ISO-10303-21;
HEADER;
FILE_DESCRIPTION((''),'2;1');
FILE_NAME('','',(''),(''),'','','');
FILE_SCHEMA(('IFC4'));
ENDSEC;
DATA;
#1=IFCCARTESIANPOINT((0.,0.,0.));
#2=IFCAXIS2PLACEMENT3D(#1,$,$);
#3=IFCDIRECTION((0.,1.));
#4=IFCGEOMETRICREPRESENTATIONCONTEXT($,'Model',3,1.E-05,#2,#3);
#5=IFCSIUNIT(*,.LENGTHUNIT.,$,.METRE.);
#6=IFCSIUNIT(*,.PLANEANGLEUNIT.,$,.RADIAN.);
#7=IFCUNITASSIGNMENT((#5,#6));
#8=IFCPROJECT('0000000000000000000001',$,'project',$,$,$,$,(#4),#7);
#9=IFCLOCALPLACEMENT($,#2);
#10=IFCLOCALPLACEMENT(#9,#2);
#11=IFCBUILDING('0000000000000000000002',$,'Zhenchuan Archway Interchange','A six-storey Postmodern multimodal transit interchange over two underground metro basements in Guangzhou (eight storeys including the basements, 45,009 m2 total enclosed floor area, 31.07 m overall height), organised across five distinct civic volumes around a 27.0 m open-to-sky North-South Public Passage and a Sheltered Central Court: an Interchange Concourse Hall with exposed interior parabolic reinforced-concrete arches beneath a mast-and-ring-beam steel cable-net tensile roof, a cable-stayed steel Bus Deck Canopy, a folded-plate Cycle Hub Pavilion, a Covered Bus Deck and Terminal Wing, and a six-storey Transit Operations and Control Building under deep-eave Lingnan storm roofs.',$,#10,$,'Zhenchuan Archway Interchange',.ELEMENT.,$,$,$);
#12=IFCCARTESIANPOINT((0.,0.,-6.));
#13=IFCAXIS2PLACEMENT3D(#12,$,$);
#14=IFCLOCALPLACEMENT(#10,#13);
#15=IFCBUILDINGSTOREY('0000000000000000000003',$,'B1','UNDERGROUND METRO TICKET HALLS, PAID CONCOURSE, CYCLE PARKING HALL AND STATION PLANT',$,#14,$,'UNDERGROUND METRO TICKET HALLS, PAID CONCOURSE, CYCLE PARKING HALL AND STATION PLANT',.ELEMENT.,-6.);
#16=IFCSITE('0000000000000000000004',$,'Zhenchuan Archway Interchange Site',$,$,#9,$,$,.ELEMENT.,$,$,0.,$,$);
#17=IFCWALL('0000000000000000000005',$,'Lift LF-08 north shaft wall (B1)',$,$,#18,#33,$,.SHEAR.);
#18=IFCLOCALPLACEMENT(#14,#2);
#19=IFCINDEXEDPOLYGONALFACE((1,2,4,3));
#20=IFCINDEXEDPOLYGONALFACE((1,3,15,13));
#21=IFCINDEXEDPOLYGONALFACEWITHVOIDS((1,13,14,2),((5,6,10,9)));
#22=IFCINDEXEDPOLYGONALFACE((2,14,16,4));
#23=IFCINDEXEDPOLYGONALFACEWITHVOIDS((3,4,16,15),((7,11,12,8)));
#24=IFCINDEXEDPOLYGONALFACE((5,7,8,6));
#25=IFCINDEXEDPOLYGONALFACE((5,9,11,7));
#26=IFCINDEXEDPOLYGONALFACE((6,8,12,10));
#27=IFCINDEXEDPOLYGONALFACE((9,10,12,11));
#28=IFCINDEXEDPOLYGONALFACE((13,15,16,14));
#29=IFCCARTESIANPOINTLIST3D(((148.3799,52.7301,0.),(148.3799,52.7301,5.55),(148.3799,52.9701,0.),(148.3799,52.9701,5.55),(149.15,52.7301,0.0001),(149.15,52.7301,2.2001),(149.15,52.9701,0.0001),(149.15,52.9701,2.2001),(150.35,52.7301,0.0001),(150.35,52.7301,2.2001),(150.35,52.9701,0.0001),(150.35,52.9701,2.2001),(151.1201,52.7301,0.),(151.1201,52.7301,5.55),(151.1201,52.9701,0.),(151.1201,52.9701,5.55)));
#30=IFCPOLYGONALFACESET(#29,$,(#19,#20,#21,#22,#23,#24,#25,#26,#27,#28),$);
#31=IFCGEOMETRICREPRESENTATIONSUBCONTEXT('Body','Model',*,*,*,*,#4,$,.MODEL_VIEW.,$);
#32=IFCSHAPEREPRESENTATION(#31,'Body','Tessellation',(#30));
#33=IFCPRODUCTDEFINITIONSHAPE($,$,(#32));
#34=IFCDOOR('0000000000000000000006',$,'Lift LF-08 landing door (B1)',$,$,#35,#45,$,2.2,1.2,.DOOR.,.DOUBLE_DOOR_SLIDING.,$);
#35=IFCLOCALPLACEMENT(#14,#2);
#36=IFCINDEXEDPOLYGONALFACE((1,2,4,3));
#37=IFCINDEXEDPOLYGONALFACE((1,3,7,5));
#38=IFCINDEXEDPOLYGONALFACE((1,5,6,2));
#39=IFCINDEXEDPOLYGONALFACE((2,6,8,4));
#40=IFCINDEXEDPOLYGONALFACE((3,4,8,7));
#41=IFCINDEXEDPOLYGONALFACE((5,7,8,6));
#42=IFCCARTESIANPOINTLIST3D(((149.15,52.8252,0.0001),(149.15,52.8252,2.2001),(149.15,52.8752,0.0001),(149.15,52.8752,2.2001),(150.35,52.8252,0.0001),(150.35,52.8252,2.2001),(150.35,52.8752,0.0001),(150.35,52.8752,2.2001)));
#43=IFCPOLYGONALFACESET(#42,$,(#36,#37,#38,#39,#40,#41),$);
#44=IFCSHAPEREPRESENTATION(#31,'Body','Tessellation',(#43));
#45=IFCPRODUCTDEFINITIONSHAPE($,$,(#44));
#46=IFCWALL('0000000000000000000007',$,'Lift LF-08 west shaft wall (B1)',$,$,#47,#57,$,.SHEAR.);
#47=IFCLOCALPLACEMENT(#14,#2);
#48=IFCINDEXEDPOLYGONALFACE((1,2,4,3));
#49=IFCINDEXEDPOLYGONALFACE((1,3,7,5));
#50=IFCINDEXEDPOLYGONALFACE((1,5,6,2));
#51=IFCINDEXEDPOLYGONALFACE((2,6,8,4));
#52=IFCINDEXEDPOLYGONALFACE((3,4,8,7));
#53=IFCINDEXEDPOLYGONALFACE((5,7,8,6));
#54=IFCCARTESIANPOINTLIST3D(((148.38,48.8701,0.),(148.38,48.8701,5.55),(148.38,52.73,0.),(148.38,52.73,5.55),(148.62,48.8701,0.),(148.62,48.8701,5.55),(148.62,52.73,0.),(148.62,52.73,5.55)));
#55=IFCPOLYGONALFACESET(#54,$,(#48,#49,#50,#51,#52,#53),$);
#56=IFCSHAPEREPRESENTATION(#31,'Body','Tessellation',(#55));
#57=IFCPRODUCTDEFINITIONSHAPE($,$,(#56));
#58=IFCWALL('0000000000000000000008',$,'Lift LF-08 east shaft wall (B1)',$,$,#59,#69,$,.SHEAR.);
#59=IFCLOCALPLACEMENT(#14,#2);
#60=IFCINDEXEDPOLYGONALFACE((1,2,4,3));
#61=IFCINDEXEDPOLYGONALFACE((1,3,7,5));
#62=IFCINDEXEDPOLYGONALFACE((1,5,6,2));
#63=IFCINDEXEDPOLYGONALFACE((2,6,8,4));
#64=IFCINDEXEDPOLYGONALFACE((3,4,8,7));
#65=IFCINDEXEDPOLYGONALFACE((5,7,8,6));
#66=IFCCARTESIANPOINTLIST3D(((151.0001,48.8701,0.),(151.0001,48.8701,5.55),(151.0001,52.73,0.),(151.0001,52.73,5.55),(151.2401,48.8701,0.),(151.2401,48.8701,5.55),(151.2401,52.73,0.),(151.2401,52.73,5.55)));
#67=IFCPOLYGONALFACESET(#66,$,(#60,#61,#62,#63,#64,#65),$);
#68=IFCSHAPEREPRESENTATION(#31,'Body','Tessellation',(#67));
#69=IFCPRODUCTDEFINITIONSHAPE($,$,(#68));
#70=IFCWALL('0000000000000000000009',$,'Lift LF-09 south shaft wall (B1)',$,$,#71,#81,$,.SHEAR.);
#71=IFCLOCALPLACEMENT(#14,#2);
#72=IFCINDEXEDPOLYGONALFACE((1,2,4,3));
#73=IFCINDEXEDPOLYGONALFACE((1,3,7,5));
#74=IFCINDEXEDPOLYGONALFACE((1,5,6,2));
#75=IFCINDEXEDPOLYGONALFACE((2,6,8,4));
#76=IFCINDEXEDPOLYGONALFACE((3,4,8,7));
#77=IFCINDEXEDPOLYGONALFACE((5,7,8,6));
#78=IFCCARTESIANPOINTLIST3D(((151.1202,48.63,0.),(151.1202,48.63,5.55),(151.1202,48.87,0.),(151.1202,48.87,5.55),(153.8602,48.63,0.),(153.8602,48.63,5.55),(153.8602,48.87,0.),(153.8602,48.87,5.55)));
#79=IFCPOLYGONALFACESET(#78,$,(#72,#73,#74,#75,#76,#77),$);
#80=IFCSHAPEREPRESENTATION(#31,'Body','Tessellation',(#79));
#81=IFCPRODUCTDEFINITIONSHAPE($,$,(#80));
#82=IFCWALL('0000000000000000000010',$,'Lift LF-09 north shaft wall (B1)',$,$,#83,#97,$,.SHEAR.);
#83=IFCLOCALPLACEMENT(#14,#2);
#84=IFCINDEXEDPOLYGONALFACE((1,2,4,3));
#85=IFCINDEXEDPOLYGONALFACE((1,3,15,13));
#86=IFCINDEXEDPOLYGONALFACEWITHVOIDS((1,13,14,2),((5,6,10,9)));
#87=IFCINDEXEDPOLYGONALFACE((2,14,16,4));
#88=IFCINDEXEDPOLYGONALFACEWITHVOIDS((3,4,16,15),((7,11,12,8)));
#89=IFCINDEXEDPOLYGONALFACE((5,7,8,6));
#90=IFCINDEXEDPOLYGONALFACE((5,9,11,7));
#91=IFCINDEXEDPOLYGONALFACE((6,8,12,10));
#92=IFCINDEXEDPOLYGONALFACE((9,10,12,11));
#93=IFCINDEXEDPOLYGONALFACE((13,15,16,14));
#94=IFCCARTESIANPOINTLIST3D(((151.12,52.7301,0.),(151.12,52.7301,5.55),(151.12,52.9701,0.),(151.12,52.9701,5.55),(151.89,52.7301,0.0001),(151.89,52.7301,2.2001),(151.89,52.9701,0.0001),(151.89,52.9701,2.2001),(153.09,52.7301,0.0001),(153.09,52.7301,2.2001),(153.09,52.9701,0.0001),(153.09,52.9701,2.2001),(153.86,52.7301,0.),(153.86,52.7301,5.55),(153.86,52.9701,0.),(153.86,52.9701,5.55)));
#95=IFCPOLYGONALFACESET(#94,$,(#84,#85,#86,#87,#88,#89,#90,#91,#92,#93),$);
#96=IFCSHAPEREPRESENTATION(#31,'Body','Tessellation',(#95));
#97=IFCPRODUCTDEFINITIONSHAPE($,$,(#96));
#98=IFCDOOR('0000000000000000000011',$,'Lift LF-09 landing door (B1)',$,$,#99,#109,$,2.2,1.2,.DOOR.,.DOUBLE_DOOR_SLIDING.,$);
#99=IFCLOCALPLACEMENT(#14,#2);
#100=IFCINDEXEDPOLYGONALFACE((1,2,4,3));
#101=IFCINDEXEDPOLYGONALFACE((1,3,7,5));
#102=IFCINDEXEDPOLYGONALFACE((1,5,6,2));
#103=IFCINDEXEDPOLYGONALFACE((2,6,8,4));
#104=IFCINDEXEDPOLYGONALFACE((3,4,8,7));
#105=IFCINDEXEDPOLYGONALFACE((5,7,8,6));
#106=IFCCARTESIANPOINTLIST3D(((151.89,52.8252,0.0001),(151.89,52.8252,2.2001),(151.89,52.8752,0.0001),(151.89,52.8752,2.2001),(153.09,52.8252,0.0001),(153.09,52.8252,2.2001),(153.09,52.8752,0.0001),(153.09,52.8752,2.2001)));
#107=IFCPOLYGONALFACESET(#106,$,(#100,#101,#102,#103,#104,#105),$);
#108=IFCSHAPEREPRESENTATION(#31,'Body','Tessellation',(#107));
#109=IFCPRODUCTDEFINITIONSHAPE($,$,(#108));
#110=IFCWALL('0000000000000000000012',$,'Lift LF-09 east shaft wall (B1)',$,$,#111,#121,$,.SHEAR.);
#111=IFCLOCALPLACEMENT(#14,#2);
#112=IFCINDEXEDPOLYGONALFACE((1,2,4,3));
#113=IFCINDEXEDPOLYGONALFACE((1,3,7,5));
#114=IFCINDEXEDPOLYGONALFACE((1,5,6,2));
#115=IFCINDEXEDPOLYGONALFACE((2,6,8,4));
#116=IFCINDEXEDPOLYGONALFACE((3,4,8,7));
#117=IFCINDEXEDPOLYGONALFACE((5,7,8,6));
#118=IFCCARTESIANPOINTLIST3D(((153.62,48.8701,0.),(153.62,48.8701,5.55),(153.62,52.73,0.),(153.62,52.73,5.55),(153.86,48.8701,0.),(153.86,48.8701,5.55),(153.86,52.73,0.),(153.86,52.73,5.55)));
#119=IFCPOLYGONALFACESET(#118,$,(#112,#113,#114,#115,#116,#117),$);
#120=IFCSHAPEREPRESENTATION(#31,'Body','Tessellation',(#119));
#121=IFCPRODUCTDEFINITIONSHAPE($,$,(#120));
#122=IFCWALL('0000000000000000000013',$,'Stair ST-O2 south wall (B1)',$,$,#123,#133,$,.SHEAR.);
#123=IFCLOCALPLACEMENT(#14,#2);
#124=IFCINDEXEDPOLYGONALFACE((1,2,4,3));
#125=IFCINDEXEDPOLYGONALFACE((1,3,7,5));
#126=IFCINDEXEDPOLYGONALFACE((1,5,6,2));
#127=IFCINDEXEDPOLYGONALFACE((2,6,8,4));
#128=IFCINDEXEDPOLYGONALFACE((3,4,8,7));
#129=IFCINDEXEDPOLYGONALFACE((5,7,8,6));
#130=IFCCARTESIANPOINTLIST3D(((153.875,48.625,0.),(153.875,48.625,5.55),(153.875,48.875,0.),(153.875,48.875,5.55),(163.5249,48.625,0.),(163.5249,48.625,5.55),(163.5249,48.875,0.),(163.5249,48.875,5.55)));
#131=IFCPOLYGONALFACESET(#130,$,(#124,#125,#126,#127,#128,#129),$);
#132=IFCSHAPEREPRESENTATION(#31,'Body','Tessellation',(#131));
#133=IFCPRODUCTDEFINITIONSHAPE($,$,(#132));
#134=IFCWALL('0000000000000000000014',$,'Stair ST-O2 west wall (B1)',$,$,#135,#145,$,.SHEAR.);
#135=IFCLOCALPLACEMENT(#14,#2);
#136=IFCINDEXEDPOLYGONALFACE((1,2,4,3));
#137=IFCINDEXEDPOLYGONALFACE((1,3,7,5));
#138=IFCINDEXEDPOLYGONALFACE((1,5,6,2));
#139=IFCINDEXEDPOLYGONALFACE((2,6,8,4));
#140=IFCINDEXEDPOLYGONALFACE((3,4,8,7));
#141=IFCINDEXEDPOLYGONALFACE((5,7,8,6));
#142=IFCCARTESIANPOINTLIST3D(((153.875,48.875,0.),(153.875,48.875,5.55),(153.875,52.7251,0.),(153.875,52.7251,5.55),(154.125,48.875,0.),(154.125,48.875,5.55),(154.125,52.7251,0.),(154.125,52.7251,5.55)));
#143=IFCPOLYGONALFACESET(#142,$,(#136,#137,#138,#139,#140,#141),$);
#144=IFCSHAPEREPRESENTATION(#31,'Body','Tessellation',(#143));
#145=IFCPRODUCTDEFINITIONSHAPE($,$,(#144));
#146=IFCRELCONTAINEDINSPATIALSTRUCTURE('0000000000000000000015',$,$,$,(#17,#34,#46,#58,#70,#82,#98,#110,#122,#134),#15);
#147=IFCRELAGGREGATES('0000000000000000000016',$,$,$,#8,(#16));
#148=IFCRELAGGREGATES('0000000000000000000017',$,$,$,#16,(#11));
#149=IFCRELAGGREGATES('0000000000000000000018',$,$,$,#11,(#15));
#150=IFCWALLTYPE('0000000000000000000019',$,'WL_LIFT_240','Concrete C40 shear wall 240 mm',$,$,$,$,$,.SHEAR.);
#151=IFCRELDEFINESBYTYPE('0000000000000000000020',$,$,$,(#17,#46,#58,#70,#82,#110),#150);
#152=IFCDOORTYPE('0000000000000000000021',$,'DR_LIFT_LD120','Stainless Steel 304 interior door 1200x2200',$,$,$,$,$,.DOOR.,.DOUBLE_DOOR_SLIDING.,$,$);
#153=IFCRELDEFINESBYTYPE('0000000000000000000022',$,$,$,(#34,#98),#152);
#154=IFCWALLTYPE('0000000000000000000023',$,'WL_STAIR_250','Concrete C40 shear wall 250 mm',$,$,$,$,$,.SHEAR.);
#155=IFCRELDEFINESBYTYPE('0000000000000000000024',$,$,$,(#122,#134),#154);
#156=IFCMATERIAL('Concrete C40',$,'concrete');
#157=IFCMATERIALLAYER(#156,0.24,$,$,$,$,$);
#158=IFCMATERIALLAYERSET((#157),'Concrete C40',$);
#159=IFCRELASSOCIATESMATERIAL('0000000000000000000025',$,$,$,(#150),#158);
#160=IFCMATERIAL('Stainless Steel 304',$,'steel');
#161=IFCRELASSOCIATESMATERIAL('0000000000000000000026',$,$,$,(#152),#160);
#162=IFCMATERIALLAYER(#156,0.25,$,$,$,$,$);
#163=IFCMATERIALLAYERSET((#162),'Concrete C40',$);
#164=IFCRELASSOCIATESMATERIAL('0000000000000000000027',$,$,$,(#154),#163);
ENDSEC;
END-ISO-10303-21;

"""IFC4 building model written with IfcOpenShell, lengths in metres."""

from ifc_helpers import new_model, si_unit, direction, frame, frame_2d, origin, place, context, subcontext, project, spatial, rectangle, extrude, material, layer, layer_set, type_object, element, fill, save


model = new_model("IFC4")

# Units and contexts
model_context = context("Model", 3, precision=1e-05, world=origin(), true_north=direction((0.0, 1.0)))
body_context = subcontext(model_context, "Body", "Model", "MODEL_VIEW")
ifc_project = project(units=[si_unit("LENGTHUNIT", "METRE"), si_unit("PLANEANGLEUNIT", "RADIAN")], contexts=[model_context])

# Site, building, storey
site_placement = place(None, origin())
site = spatial("IfcSite", under=ifc_project, at=site_placement, Name="Zhenchuan Archway Interchange Site", CompositionType="ELEMENT", RefElevation=0.0)
building_placement = place(site_placement, origin())
building = spatial("IfcBuilding", under=site, at=building_placement, Name="Zhenchuan Archway Interchange", Description="A six-storey Postmodern multimodal transit interchange over two underground metro basements in Guangzhou (eight storeys including the basements, 45,009 m2 total enclosed floor area, 31.07 m overall height), organised across five distinct civic volumes around a 27.0 m open-to-sky North-South Public Passage and a Sheltered Central Court: an Interchange Concourse Hall with exposed interior parabolic reinforced-concrete arches beneath a mast-and-ring-beam steel cable-net tensile roof, a cable-stayed steel Bus Deck Canopy, a folded-plate Cycle Hub Pavilion, a Covered Bus Deck and Terminal Wing, and a six-storey Transit Operations and Control Building under deep-eave Lingnan storm roofs.", LongName="Zhenchuan Archway Interchange", CompositionType="ELEMENT")
storey_placement = place(building_placement, frame((0.0, 0.0, -6.0)))
storey = spatial("IfcBuildingStorey", under=building, at=storey_placement, Name="B1", Description="UNDERGROUND METRO TICKET HALLS, PAID CONCOURSE, CYCLE PARKING HALL AND STATION PLANT", LongName="UNDERGROUND METRO TICKET HALLS, PAID CONCOURSE, CYCLE PARKING HALL AND STATION PLANT", CompositionType="ELEMENT", Elevation=-6.0)

# Shared definitions
ifc_material_1 = material(Name="Concrete C40", Category="concrete")

# Shared definitions
ifc_layer_1 = layer(ifc_material_1, 0.24)
ifc_layer_set_1 = layer_set([ifc_layer_1], Name="Concrete C40")
wall_type_1 = type_object("IfcWallType", Name="WL_LIFT_240", Description="Concrete C40 shear wall 240 mm", PredefinedType="SHEAR", material=ifc_layer_set_1)

# Wall, opening, door
wall_1_placement = place(storey_placement, frame((151.1201, 52.8501, 0.0), z_axis=(0.0, 0.0, 1.0), x_axis=(-1.0, 0.0, 0.0)))
wall_1 = element("IfcWall", 1, at=wall_1_placement, inside=storey, type_object=wall_type_1, Name="Lift LF-08 north shaft wall (B1)", PredefinedType="SHEAR", context=body_context, shape_type="SweptSolid", body=[
    extrude(rectangle(XDim=2.7402, YDim=0.24, at=frame_2d((1.3701, 0.0))), origin(), (0.0, 0.0, 1.0), 5.55),
])
opening_1_placement = place(wall_1_placement, frame((0.77, 0.0, 0.0)))
opening_1 = element("IfcOpeningElement", 2, at=opening_1_placement, cuts=wall_1, PredefinedType="OPENING", context=body_context, shape_type="SweptSolid", body=[
    extrude(rectangle(XDim=1.2, YDim=2.2, at=frame_2d((0.6001, 1.1001))), frame((0.0, 0.1318, 0.0), z_axis=(0.0, -1.0, 0.0), x_axis=(1.0, 0.0, 0.0)), (0.0, 0.0, 1.0), 0.2639),
])
ifc_material_2 = material(Name="Stainless Steel 304", Category="steel")
door_type_1 = type_object("IfcDoorType", Name="DR_LIFT_LD120", Description="Stainless Steel 304 interior door 1200x2200", OperationType="DOUBLE_DOOR_SLIDING", PredefinedType="DOOR", material=ifc_material_2)
door_1_placement = place(opening_1_placement, origin())
door_1 = element("IfcDoor", 3, at=door_1_placement, inside=storey, type_object=door_type_1, Name="Lift LF-08 landing door (B1)", OperationType="DOUBLE_DOOR_SLIDING", OverallHeight=2.2, OverallWidth=1.2, PredefinedType="DOOR", context=body_context, shape_type="SweptSolid", body=[
    extrude(rectangle(XDim=1.2, YDim=2.2, at=frame_2d((0.6001, 1.1001))), frame((0.0, 0.0249, 0.0), z_axis=(0.0, -1.0, 0.0), x_axis=(1.0, 0.0, 0.0)), (0.0, 0.0, 1.0), 0.05),
])
fill(opening_1, door_1)

# Walls
for number, where, z_axis, x_axis, name in (
    (4, (148.5, 52.73, 0.0), (0.0, 0.0, 1.0), (0.0, -1.0, 0.0), "Lift LF-08 west shaft wall (B1)"),
    (5, (151.1201, 48.8701, 0.0), (0.0, 0.0, 1.0), (0.0, 1.0, 0.0), "Lift LF-08 east shaft wall (B1)"),
):
    element("IfcWall", number, at=place(storey_placement, frame(where, z_axis=z_axis, x_axis=x_axis)), inside=storey, type_object=wall_type_1, Name=name, PredefinedType="SHEAR", context=body_context, shape_type="SweptSolid", body=[
        extrude(rectangle(XDim=3.8599, YDim=0.24, at=frame_2d((1.9299, 0.0))), origin(), (0.0, 0.0, 1.0), 5.55),
    ])
wall_2_placement = place(storey_placement, frame((151.1201, 48.75, 0.0), z_axis=(0.0, 0.0, 1.0), x_axis=(1.0, 0.0, 0.0)))
element("IfcWall", 6, at=wall_2_placement, inside=storey, type_object=wall_type_1, Name="Lift LF-09 south shaft wall (B1)", PredefinedType="SHEAR", context=body_context, shape_type="SweptSolid", body=[
    extrude(rectangle(XDim=2.74, YDim=0.24, at=frame_2d((1.3701, 0.0))), origin(), (0.0, 0.0, 1.0), 5.55),
])

# Wall, opening, door
wall_3_placement = place(storey_placement, frame((153.8601, 52.8501, 0.0), z_axis=(0.0, 0.0, 1.0), x_axis=(-1.0, 0.0, 0.0)))
wall_3 = element("IfcWall", 7, at=wall_3_placement, inside=storey, type_object=wall_type_1, Name="Lift LF-09 north shaft wall (B1)", PredefinedType="SHEAR", context=body_context, shape_type="SweptSolid", body=[
    extrude(rectangle(XDim=2.74, YDim=0.24, at=frame_2d((1.3701, 0.0))), origin(), (0.0, 0.0, 1.0), 5.55),
])
opening_2_placement = place(wall_3_placement, frame((0.77, 0.0, 0.0)))
opening_2 = element("IfcOpeningElement", 8, at=opening_2_placement, cuts=wall_3, PredefinedType="OPENING", context=body_context, shape_type="SweptSolid", body=[
    extrude(rectangle(XDim=1.2, YDim=2.2, at=frame_2d((0.6001, 1.1001))), frame((0.0, 0.1318, 0.0), z_axis=(0.0, -1.0, 0.0), x_axis=(1.0, 0.0, 0.0)), (0.0, 0.0, 1.0), 0.2639),
])
door_2_placement = place(opening_2_placement, origin())
door_2 = element("IfcDoor", 9, at=door_2_placement, inside=storey, type_object=door_type_1, Name="Lift LF-09 landing door (B1)", OperationType="DOUBLE_DOOR_SLIDING", OverallHeight=2.2, OverallWidth=1.2, PredefinedType="DOOR", context=body_context, shape_type="SweptSolid", body=[
    extrude(rectangle(XDim=1.2, YDim=2.2, at=frame_2d((0.6001, 1.1001))), frame((0.0, 0.0249, 0.0), z_axis=(0.0, -1.0, 0.0), x_axis=(1.0, 0.0, 0.0)), (0.0, 0.0, 1.0), 0.05),
])
fill(opening_2, door_2)

# Walls
wall_4_placement = place(storey_placement, frame((153.74, 48.8701, 0.0), z_axis=(0.0, 0.0, 1.0), x_axis=(0.0, 1.0, 0.0)))
element("IfcWall", 10, at=wall_4_placement, inside=storey, type_object=wall_type_1, Name="Lift LF-09 east shaft wall (B1)", PredefinedType="SHEAR", context=body_context, shape_type="SweptSolid", body=[
    extrude(rectangle(XDim=3.8599, YDim=0.24, at=frame_2d((1.9299, 0.0))), origin(), (0.0, 0.0, 1.0), 5.55),
])
ifc_layer_2 = layer(ifc_material_1, 0.25)
ifc_layer_set_2 = layer_set([ifc_layer_2], Name="Concrete C40")
wall_type_2 = type_object("IfcWallType", Name="WL_STAIR_250", Description="Concrete C40 shear wall 250 mm", PredefinedType="SHEAR", material=ifc_layer_set_2)
wall_5_placement = place(storey_placement, frame((153.875, 48.75, 0.0), z_axis=(0.0, 0.0, 1.0), x_axis=(1.0, 0.0, 0.0)))
element("IfcWall", 11, at=wall_5_placement, inside=storey, type_object=wall_type_2, Name="Stair ST-O2 south wall (B1)", PredefinedType="SHEAR", context=body_context, shape_type="SweptSolid", body=[
    extrude(rectangle(XDim=9.6499, YDim=0.25, at=frame_2d((4.825, 0.0))), origin(), (0.0, 0.0, 1.0), 5.55),
])
wall_6_placement = place(storey_placement, frame((154.0, 52.7251, 0.0), z_axis=(0.0, 0.0, 1.0), x_axis=(0.0, -1.0, 0.0)))
element("IfcWall", 12, at=wall_6_placement, inside=storey, type_object=wall_type_2, Name="Stair ST-O2 west wall (B1)", PredefinedType="SHEAR", context=body_context, shape_type="SweptSolid", body=[
    extrude(rectangle(XDim=3.8501, YDim=0.25, at=frame_2d((1.925, 0.0))), origin(), (0.0, 0.0, 1.0), 5.55),
])

save(model, "model.ifc")
